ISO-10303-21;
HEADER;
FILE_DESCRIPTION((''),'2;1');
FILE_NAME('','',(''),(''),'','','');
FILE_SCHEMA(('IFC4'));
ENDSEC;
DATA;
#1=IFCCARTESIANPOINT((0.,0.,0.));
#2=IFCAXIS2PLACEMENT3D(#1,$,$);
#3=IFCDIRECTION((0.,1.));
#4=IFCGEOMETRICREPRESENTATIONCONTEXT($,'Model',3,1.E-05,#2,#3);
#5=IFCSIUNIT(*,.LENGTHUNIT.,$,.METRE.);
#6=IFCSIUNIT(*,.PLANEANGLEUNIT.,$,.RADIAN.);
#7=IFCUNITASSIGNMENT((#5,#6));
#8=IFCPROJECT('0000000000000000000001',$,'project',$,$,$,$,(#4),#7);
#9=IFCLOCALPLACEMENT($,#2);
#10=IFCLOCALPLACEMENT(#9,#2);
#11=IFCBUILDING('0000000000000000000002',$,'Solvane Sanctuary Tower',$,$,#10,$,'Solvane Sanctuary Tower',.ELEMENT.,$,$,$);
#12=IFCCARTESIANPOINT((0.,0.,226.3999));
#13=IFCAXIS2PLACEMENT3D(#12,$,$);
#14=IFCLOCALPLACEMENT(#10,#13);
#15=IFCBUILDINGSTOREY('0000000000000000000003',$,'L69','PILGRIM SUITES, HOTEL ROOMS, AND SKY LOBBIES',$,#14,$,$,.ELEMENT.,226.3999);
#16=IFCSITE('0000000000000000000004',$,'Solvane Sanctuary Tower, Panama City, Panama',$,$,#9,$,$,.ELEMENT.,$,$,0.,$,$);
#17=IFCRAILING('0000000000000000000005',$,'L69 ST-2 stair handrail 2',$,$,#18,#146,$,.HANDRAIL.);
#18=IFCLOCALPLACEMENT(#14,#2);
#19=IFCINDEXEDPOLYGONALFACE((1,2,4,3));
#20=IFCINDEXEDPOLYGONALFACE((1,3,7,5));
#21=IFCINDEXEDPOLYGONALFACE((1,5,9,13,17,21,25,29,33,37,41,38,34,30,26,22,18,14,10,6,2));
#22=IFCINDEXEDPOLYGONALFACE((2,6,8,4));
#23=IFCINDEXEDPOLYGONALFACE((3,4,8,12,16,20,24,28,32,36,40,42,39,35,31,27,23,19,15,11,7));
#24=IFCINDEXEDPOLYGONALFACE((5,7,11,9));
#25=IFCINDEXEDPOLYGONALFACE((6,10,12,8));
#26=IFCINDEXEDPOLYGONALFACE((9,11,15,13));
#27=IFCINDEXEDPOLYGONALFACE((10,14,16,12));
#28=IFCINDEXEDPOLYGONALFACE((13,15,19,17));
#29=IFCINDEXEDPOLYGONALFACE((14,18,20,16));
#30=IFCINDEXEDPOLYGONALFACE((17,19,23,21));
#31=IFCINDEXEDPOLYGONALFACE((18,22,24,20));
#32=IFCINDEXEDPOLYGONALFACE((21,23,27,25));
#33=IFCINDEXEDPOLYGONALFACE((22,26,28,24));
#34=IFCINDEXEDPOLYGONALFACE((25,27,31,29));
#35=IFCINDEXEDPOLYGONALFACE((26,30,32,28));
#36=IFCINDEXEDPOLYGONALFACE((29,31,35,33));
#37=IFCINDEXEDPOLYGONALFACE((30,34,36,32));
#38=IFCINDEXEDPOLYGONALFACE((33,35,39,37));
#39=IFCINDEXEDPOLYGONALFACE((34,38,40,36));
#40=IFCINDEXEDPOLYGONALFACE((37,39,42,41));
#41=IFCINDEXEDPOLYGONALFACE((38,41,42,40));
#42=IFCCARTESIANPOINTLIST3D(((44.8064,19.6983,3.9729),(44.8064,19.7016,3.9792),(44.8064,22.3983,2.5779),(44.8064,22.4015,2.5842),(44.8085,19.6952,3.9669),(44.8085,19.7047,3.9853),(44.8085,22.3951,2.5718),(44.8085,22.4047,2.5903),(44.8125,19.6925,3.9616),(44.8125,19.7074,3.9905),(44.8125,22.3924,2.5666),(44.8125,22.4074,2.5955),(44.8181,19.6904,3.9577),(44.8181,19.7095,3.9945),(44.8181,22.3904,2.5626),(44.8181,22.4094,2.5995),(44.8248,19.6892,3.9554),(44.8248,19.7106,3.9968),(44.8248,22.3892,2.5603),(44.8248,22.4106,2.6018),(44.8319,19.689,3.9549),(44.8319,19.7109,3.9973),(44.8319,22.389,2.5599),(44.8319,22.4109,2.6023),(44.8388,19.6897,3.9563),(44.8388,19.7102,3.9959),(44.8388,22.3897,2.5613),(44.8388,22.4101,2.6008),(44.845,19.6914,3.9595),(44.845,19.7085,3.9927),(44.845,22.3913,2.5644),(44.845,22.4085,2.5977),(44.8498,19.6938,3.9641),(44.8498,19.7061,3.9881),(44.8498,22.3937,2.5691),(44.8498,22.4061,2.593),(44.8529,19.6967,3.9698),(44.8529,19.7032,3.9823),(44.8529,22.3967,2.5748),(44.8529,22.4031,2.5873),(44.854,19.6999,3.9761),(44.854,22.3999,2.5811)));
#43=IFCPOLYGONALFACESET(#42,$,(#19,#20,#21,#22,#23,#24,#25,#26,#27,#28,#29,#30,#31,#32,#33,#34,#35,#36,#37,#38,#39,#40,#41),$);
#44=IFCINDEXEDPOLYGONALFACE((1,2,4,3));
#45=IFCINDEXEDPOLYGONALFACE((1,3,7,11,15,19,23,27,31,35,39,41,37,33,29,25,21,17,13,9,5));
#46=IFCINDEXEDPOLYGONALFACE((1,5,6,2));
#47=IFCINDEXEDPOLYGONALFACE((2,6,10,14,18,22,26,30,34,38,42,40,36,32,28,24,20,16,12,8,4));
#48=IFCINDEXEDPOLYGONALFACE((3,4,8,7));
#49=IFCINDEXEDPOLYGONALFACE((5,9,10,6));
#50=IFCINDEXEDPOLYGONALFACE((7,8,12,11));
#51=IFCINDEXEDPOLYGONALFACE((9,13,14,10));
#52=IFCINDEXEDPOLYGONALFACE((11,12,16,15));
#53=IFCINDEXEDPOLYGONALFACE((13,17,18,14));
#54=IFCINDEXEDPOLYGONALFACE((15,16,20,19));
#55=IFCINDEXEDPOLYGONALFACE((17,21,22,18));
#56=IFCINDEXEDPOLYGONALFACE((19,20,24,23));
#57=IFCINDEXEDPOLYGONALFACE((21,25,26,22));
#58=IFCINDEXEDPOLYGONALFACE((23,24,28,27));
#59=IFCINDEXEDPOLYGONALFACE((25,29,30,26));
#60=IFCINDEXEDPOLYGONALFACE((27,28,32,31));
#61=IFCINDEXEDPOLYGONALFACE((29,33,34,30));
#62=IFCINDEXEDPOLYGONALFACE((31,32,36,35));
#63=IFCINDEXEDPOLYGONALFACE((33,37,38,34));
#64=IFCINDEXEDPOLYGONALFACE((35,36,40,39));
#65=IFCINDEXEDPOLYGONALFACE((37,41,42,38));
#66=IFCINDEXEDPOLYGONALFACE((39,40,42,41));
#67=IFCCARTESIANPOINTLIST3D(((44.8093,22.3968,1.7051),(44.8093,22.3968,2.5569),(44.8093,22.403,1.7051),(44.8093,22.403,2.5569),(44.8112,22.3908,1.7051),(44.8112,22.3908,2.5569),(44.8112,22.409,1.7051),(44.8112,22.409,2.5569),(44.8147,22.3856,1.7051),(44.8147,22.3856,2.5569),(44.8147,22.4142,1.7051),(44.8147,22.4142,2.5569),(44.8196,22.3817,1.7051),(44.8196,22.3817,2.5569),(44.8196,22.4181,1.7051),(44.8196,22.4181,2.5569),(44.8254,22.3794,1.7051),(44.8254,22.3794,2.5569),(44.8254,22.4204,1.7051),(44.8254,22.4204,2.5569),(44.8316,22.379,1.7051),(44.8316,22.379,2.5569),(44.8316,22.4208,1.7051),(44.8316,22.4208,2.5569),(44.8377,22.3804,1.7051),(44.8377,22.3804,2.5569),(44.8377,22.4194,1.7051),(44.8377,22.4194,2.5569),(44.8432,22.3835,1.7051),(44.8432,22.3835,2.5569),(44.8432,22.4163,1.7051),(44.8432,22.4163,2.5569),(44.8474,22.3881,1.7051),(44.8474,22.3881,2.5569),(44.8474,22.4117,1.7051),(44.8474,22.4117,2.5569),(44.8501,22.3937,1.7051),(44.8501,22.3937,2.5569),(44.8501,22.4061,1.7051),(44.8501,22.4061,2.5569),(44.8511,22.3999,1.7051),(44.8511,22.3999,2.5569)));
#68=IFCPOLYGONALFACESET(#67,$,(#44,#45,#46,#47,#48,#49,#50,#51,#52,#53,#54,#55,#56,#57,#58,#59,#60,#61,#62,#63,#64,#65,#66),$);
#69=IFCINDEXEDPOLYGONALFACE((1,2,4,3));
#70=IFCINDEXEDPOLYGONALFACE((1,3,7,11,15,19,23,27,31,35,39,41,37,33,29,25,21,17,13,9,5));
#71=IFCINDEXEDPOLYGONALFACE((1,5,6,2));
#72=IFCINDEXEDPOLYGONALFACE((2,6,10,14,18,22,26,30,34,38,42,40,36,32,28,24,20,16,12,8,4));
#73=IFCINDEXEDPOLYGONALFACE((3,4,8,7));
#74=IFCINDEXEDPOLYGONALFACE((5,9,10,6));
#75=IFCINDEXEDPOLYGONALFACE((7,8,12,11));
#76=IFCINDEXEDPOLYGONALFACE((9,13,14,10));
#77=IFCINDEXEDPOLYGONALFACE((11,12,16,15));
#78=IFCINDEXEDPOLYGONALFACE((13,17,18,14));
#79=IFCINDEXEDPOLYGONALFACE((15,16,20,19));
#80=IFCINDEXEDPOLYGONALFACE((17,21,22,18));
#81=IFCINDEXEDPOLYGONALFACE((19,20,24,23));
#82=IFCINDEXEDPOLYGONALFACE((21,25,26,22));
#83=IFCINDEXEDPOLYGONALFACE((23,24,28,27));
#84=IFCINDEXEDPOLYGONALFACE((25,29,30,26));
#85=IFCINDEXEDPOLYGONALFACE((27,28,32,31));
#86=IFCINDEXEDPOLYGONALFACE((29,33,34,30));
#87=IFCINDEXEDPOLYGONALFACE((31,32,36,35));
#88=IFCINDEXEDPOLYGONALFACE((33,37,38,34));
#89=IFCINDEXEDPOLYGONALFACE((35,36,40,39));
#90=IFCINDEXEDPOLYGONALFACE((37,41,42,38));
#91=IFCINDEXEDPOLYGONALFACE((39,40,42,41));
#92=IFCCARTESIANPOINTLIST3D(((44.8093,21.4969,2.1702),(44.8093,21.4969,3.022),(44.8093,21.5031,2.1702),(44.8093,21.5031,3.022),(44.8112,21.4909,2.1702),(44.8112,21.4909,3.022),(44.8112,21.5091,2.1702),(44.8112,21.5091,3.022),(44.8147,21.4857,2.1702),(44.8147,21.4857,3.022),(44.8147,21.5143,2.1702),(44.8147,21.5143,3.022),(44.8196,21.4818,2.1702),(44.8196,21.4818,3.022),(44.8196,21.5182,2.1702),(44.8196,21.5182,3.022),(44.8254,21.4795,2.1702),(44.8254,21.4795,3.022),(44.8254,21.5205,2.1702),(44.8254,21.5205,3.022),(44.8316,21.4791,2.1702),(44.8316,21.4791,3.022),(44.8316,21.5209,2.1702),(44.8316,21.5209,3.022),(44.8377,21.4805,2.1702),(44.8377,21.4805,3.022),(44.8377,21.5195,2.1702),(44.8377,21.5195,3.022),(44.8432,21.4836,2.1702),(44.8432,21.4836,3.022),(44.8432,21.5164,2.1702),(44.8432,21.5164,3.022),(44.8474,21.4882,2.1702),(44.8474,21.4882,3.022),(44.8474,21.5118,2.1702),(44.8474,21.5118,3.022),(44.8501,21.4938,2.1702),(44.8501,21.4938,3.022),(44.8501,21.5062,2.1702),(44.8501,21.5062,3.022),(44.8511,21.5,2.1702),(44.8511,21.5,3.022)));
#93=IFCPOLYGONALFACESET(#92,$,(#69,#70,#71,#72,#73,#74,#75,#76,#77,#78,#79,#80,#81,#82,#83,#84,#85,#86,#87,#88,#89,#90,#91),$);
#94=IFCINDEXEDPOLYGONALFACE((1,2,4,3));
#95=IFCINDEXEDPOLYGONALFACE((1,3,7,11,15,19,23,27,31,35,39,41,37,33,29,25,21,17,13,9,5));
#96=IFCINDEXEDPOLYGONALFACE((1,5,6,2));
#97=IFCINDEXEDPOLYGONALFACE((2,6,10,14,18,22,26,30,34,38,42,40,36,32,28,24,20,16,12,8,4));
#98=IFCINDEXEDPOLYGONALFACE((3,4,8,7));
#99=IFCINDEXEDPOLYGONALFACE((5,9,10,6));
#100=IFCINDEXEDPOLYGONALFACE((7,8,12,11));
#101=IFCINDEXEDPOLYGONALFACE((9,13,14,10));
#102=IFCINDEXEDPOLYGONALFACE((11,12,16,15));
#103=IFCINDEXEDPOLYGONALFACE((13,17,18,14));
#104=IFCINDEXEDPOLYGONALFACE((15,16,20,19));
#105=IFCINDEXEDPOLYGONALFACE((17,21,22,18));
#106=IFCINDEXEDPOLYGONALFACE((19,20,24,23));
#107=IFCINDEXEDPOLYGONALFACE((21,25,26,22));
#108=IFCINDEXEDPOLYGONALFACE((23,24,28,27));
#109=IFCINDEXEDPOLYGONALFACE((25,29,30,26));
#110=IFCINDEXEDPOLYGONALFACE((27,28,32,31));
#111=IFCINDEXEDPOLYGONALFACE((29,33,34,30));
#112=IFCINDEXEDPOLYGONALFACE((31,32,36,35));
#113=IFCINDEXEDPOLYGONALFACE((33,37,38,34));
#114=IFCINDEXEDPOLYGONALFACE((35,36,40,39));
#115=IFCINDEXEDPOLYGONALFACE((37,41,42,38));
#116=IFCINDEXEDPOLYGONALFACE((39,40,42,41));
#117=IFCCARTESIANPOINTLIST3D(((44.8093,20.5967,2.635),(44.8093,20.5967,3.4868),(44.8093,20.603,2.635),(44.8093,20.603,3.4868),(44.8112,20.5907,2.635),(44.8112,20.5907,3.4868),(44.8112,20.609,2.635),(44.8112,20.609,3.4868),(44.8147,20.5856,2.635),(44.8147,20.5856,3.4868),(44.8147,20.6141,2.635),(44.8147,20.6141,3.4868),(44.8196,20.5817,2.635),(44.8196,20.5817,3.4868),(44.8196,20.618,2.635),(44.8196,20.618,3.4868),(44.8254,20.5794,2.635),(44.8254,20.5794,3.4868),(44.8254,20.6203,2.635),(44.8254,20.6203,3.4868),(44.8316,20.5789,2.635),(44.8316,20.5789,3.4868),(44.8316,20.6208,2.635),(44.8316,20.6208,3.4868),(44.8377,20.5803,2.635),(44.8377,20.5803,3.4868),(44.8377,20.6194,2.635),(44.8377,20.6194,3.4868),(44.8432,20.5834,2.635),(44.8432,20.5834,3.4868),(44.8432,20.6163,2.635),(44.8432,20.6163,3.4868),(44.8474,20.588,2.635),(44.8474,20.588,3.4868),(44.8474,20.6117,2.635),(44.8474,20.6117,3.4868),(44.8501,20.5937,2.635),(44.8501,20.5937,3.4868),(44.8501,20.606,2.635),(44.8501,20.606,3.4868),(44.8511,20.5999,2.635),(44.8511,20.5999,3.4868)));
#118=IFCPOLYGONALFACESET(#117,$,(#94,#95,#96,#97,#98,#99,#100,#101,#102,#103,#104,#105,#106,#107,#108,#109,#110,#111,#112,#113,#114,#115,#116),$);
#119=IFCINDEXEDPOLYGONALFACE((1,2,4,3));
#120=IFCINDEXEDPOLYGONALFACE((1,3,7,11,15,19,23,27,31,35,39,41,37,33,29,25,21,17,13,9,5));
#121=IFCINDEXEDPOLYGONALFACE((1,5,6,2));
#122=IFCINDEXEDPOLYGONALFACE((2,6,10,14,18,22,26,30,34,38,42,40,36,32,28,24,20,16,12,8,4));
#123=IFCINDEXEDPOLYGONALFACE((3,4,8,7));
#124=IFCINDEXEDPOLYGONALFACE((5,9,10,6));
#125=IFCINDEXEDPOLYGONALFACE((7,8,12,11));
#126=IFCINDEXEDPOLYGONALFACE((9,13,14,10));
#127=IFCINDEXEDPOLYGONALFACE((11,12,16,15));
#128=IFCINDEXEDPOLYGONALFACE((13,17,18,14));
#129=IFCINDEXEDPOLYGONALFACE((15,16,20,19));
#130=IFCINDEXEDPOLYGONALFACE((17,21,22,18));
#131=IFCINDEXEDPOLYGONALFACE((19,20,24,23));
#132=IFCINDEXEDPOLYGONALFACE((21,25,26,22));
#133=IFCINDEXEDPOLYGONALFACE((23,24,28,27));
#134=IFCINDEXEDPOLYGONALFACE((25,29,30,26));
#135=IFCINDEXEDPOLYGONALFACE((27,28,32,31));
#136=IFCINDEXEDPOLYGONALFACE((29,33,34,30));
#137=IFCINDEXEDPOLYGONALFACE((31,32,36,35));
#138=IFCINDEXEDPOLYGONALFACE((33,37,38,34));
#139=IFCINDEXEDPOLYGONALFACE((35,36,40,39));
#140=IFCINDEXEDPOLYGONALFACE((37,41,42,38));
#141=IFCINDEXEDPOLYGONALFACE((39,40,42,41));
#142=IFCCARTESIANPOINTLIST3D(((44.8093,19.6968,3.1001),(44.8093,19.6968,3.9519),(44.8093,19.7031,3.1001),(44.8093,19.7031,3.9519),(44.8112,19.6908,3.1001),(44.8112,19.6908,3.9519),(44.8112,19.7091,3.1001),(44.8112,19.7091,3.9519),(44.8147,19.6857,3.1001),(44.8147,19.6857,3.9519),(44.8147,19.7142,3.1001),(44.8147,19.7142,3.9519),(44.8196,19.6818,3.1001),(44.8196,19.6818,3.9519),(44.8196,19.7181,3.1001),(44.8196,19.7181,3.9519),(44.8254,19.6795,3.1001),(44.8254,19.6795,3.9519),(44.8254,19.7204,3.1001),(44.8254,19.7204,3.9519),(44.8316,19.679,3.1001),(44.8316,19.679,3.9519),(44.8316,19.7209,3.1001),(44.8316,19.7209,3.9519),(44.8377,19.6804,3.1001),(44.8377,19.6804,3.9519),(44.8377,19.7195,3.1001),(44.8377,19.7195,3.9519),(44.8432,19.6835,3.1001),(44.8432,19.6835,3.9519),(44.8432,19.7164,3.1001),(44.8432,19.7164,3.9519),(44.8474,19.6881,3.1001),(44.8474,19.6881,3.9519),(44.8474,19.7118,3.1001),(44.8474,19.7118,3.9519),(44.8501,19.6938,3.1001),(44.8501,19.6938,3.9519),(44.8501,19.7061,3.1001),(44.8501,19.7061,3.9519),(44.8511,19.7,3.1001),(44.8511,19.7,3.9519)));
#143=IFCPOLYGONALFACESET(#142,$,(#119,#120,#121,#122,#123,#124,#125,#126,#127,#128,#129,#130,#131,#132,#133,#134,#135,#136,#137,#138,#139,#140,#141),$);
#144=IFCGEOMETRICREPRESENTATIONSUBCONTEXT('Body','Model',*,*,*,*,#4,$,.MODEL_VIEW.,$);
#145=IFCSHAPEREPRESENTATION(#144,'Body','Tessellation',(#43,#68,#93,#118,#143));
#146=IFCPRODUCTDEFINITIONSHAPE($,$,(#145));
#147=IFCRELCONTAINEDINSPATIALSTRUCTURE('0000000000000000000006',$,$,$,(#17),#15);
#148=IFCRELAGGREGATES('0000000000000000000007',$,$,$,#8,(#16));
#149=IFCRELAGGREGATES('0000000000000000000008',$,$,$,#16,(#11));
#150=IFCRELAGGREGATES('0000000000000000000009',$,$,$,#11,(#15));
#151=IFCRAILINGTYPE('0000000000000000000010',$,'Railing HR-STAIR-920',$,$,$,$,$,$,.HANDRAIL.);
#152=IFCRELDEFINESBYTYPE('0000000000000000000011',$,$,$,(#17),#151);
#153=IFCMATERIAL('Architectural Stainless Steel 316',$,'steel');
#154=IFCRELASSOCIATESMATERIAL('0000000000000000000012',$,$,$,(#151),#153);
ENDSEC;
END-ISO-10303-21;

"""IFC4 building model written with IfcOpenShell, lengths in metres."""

from ifc_helpers import new_model, si_unit, direction, frame, origin, origin_2d, place, context, subcontext, project, spatial, circle, extrude, material, type_object, element, save


model = new_model("IFC4")

# Units and contexts
model_context = context("Model", 3, precision=1e-05, world=origin(), true_north=direction((0.0, 1.0)))
body_context = subcontext(model_context, "Body", "Model", "MODEL_VIEW")
ifc_project = project(units=[si_unit("LENGTHUNIT", "METRE"), si_unit("PLANEANGLEUNIT", "RADIAN")], contexts=[model_context])

# Site, building, storey
site_placement = place(None, origin())
site = spatial("IfcSite", under=ifc_project, at=site_placement, Name="Solvane Sanctuary Tower, Panama City, Panama", CompositionType="ELEMENT", RefElevation=0.0)
building_placement = place(site_placement, origin())
building = spatial("IfcBuilding", under=site, at=building_placement, Name="Solvane Sanctuary Tower", LongName="Solvane Sanctuary Tower", CompositionType="ELEMENT")
storey_placement = place(building_placement, frame((0.0, 0.0, 226.3999)))
storey = spatial("IfcBuildingStorey", under=building, at=storey_placement, Name="L69", Description="PILGRIM SUITES, HOTEL ROOMS, AND SKY LOBBIES", CompositionType="ELEMENT", Elevation=226.3999)

# Shared definitions
ifc_material_1 = material(Name="Architectural Stainless Steel 316", Category="steel")

# Railing
railing_type_1 = type_object("IfcRailingType", Name="Railing HR-STAIR-920", PredefinedType="HANDRAIL", material=ifc_material_1)
railing_1_placement = place(storey_placement, frame((44.8301, 22.3999, 1.7051)))
element("IfcRailing", 1, at=railing_1_placement, inside=storey, type_object=railing_type_1, Name="L69 ST-2 stair handrail 2", PredefinedType="HANDRAIL", context=body_context, shape_type="SweptSolid", body=[
    extrude(circle(Radius=0.0239, at=origin_2d()), frame((0.0, 0.0, 0.876), z_axis=(0.0, -0.88842, 0.459032), x_axis=(1.0, 0.0, 0.0)), (0.0, 0.0, 1.0), 3.0391),
    extrude(circle(Radius=0.021, at=origin_2d()), origin(), (0.0, 0.0, 1.0), 0.8518),
    extrude(circle(Radius=0.021, at=origin_2d()), frame((0.0, -0.8999, 0.4651)), (0.0, 0.0, 1.0), 0.8518),
    extrude(circle(Radius=0.021, at=origin_2d()), frame((0.0, -1.8, 0.9299)), (0.0, 0.0, 1.0), 0.8518),
    extrude(circle(Radius=0.021, at=origin_2d()), frame((0.0, -2.7, 1.395)), (0.0, 0.0, 1.0), 0.8518),
])

save(model, "model.ifc")
